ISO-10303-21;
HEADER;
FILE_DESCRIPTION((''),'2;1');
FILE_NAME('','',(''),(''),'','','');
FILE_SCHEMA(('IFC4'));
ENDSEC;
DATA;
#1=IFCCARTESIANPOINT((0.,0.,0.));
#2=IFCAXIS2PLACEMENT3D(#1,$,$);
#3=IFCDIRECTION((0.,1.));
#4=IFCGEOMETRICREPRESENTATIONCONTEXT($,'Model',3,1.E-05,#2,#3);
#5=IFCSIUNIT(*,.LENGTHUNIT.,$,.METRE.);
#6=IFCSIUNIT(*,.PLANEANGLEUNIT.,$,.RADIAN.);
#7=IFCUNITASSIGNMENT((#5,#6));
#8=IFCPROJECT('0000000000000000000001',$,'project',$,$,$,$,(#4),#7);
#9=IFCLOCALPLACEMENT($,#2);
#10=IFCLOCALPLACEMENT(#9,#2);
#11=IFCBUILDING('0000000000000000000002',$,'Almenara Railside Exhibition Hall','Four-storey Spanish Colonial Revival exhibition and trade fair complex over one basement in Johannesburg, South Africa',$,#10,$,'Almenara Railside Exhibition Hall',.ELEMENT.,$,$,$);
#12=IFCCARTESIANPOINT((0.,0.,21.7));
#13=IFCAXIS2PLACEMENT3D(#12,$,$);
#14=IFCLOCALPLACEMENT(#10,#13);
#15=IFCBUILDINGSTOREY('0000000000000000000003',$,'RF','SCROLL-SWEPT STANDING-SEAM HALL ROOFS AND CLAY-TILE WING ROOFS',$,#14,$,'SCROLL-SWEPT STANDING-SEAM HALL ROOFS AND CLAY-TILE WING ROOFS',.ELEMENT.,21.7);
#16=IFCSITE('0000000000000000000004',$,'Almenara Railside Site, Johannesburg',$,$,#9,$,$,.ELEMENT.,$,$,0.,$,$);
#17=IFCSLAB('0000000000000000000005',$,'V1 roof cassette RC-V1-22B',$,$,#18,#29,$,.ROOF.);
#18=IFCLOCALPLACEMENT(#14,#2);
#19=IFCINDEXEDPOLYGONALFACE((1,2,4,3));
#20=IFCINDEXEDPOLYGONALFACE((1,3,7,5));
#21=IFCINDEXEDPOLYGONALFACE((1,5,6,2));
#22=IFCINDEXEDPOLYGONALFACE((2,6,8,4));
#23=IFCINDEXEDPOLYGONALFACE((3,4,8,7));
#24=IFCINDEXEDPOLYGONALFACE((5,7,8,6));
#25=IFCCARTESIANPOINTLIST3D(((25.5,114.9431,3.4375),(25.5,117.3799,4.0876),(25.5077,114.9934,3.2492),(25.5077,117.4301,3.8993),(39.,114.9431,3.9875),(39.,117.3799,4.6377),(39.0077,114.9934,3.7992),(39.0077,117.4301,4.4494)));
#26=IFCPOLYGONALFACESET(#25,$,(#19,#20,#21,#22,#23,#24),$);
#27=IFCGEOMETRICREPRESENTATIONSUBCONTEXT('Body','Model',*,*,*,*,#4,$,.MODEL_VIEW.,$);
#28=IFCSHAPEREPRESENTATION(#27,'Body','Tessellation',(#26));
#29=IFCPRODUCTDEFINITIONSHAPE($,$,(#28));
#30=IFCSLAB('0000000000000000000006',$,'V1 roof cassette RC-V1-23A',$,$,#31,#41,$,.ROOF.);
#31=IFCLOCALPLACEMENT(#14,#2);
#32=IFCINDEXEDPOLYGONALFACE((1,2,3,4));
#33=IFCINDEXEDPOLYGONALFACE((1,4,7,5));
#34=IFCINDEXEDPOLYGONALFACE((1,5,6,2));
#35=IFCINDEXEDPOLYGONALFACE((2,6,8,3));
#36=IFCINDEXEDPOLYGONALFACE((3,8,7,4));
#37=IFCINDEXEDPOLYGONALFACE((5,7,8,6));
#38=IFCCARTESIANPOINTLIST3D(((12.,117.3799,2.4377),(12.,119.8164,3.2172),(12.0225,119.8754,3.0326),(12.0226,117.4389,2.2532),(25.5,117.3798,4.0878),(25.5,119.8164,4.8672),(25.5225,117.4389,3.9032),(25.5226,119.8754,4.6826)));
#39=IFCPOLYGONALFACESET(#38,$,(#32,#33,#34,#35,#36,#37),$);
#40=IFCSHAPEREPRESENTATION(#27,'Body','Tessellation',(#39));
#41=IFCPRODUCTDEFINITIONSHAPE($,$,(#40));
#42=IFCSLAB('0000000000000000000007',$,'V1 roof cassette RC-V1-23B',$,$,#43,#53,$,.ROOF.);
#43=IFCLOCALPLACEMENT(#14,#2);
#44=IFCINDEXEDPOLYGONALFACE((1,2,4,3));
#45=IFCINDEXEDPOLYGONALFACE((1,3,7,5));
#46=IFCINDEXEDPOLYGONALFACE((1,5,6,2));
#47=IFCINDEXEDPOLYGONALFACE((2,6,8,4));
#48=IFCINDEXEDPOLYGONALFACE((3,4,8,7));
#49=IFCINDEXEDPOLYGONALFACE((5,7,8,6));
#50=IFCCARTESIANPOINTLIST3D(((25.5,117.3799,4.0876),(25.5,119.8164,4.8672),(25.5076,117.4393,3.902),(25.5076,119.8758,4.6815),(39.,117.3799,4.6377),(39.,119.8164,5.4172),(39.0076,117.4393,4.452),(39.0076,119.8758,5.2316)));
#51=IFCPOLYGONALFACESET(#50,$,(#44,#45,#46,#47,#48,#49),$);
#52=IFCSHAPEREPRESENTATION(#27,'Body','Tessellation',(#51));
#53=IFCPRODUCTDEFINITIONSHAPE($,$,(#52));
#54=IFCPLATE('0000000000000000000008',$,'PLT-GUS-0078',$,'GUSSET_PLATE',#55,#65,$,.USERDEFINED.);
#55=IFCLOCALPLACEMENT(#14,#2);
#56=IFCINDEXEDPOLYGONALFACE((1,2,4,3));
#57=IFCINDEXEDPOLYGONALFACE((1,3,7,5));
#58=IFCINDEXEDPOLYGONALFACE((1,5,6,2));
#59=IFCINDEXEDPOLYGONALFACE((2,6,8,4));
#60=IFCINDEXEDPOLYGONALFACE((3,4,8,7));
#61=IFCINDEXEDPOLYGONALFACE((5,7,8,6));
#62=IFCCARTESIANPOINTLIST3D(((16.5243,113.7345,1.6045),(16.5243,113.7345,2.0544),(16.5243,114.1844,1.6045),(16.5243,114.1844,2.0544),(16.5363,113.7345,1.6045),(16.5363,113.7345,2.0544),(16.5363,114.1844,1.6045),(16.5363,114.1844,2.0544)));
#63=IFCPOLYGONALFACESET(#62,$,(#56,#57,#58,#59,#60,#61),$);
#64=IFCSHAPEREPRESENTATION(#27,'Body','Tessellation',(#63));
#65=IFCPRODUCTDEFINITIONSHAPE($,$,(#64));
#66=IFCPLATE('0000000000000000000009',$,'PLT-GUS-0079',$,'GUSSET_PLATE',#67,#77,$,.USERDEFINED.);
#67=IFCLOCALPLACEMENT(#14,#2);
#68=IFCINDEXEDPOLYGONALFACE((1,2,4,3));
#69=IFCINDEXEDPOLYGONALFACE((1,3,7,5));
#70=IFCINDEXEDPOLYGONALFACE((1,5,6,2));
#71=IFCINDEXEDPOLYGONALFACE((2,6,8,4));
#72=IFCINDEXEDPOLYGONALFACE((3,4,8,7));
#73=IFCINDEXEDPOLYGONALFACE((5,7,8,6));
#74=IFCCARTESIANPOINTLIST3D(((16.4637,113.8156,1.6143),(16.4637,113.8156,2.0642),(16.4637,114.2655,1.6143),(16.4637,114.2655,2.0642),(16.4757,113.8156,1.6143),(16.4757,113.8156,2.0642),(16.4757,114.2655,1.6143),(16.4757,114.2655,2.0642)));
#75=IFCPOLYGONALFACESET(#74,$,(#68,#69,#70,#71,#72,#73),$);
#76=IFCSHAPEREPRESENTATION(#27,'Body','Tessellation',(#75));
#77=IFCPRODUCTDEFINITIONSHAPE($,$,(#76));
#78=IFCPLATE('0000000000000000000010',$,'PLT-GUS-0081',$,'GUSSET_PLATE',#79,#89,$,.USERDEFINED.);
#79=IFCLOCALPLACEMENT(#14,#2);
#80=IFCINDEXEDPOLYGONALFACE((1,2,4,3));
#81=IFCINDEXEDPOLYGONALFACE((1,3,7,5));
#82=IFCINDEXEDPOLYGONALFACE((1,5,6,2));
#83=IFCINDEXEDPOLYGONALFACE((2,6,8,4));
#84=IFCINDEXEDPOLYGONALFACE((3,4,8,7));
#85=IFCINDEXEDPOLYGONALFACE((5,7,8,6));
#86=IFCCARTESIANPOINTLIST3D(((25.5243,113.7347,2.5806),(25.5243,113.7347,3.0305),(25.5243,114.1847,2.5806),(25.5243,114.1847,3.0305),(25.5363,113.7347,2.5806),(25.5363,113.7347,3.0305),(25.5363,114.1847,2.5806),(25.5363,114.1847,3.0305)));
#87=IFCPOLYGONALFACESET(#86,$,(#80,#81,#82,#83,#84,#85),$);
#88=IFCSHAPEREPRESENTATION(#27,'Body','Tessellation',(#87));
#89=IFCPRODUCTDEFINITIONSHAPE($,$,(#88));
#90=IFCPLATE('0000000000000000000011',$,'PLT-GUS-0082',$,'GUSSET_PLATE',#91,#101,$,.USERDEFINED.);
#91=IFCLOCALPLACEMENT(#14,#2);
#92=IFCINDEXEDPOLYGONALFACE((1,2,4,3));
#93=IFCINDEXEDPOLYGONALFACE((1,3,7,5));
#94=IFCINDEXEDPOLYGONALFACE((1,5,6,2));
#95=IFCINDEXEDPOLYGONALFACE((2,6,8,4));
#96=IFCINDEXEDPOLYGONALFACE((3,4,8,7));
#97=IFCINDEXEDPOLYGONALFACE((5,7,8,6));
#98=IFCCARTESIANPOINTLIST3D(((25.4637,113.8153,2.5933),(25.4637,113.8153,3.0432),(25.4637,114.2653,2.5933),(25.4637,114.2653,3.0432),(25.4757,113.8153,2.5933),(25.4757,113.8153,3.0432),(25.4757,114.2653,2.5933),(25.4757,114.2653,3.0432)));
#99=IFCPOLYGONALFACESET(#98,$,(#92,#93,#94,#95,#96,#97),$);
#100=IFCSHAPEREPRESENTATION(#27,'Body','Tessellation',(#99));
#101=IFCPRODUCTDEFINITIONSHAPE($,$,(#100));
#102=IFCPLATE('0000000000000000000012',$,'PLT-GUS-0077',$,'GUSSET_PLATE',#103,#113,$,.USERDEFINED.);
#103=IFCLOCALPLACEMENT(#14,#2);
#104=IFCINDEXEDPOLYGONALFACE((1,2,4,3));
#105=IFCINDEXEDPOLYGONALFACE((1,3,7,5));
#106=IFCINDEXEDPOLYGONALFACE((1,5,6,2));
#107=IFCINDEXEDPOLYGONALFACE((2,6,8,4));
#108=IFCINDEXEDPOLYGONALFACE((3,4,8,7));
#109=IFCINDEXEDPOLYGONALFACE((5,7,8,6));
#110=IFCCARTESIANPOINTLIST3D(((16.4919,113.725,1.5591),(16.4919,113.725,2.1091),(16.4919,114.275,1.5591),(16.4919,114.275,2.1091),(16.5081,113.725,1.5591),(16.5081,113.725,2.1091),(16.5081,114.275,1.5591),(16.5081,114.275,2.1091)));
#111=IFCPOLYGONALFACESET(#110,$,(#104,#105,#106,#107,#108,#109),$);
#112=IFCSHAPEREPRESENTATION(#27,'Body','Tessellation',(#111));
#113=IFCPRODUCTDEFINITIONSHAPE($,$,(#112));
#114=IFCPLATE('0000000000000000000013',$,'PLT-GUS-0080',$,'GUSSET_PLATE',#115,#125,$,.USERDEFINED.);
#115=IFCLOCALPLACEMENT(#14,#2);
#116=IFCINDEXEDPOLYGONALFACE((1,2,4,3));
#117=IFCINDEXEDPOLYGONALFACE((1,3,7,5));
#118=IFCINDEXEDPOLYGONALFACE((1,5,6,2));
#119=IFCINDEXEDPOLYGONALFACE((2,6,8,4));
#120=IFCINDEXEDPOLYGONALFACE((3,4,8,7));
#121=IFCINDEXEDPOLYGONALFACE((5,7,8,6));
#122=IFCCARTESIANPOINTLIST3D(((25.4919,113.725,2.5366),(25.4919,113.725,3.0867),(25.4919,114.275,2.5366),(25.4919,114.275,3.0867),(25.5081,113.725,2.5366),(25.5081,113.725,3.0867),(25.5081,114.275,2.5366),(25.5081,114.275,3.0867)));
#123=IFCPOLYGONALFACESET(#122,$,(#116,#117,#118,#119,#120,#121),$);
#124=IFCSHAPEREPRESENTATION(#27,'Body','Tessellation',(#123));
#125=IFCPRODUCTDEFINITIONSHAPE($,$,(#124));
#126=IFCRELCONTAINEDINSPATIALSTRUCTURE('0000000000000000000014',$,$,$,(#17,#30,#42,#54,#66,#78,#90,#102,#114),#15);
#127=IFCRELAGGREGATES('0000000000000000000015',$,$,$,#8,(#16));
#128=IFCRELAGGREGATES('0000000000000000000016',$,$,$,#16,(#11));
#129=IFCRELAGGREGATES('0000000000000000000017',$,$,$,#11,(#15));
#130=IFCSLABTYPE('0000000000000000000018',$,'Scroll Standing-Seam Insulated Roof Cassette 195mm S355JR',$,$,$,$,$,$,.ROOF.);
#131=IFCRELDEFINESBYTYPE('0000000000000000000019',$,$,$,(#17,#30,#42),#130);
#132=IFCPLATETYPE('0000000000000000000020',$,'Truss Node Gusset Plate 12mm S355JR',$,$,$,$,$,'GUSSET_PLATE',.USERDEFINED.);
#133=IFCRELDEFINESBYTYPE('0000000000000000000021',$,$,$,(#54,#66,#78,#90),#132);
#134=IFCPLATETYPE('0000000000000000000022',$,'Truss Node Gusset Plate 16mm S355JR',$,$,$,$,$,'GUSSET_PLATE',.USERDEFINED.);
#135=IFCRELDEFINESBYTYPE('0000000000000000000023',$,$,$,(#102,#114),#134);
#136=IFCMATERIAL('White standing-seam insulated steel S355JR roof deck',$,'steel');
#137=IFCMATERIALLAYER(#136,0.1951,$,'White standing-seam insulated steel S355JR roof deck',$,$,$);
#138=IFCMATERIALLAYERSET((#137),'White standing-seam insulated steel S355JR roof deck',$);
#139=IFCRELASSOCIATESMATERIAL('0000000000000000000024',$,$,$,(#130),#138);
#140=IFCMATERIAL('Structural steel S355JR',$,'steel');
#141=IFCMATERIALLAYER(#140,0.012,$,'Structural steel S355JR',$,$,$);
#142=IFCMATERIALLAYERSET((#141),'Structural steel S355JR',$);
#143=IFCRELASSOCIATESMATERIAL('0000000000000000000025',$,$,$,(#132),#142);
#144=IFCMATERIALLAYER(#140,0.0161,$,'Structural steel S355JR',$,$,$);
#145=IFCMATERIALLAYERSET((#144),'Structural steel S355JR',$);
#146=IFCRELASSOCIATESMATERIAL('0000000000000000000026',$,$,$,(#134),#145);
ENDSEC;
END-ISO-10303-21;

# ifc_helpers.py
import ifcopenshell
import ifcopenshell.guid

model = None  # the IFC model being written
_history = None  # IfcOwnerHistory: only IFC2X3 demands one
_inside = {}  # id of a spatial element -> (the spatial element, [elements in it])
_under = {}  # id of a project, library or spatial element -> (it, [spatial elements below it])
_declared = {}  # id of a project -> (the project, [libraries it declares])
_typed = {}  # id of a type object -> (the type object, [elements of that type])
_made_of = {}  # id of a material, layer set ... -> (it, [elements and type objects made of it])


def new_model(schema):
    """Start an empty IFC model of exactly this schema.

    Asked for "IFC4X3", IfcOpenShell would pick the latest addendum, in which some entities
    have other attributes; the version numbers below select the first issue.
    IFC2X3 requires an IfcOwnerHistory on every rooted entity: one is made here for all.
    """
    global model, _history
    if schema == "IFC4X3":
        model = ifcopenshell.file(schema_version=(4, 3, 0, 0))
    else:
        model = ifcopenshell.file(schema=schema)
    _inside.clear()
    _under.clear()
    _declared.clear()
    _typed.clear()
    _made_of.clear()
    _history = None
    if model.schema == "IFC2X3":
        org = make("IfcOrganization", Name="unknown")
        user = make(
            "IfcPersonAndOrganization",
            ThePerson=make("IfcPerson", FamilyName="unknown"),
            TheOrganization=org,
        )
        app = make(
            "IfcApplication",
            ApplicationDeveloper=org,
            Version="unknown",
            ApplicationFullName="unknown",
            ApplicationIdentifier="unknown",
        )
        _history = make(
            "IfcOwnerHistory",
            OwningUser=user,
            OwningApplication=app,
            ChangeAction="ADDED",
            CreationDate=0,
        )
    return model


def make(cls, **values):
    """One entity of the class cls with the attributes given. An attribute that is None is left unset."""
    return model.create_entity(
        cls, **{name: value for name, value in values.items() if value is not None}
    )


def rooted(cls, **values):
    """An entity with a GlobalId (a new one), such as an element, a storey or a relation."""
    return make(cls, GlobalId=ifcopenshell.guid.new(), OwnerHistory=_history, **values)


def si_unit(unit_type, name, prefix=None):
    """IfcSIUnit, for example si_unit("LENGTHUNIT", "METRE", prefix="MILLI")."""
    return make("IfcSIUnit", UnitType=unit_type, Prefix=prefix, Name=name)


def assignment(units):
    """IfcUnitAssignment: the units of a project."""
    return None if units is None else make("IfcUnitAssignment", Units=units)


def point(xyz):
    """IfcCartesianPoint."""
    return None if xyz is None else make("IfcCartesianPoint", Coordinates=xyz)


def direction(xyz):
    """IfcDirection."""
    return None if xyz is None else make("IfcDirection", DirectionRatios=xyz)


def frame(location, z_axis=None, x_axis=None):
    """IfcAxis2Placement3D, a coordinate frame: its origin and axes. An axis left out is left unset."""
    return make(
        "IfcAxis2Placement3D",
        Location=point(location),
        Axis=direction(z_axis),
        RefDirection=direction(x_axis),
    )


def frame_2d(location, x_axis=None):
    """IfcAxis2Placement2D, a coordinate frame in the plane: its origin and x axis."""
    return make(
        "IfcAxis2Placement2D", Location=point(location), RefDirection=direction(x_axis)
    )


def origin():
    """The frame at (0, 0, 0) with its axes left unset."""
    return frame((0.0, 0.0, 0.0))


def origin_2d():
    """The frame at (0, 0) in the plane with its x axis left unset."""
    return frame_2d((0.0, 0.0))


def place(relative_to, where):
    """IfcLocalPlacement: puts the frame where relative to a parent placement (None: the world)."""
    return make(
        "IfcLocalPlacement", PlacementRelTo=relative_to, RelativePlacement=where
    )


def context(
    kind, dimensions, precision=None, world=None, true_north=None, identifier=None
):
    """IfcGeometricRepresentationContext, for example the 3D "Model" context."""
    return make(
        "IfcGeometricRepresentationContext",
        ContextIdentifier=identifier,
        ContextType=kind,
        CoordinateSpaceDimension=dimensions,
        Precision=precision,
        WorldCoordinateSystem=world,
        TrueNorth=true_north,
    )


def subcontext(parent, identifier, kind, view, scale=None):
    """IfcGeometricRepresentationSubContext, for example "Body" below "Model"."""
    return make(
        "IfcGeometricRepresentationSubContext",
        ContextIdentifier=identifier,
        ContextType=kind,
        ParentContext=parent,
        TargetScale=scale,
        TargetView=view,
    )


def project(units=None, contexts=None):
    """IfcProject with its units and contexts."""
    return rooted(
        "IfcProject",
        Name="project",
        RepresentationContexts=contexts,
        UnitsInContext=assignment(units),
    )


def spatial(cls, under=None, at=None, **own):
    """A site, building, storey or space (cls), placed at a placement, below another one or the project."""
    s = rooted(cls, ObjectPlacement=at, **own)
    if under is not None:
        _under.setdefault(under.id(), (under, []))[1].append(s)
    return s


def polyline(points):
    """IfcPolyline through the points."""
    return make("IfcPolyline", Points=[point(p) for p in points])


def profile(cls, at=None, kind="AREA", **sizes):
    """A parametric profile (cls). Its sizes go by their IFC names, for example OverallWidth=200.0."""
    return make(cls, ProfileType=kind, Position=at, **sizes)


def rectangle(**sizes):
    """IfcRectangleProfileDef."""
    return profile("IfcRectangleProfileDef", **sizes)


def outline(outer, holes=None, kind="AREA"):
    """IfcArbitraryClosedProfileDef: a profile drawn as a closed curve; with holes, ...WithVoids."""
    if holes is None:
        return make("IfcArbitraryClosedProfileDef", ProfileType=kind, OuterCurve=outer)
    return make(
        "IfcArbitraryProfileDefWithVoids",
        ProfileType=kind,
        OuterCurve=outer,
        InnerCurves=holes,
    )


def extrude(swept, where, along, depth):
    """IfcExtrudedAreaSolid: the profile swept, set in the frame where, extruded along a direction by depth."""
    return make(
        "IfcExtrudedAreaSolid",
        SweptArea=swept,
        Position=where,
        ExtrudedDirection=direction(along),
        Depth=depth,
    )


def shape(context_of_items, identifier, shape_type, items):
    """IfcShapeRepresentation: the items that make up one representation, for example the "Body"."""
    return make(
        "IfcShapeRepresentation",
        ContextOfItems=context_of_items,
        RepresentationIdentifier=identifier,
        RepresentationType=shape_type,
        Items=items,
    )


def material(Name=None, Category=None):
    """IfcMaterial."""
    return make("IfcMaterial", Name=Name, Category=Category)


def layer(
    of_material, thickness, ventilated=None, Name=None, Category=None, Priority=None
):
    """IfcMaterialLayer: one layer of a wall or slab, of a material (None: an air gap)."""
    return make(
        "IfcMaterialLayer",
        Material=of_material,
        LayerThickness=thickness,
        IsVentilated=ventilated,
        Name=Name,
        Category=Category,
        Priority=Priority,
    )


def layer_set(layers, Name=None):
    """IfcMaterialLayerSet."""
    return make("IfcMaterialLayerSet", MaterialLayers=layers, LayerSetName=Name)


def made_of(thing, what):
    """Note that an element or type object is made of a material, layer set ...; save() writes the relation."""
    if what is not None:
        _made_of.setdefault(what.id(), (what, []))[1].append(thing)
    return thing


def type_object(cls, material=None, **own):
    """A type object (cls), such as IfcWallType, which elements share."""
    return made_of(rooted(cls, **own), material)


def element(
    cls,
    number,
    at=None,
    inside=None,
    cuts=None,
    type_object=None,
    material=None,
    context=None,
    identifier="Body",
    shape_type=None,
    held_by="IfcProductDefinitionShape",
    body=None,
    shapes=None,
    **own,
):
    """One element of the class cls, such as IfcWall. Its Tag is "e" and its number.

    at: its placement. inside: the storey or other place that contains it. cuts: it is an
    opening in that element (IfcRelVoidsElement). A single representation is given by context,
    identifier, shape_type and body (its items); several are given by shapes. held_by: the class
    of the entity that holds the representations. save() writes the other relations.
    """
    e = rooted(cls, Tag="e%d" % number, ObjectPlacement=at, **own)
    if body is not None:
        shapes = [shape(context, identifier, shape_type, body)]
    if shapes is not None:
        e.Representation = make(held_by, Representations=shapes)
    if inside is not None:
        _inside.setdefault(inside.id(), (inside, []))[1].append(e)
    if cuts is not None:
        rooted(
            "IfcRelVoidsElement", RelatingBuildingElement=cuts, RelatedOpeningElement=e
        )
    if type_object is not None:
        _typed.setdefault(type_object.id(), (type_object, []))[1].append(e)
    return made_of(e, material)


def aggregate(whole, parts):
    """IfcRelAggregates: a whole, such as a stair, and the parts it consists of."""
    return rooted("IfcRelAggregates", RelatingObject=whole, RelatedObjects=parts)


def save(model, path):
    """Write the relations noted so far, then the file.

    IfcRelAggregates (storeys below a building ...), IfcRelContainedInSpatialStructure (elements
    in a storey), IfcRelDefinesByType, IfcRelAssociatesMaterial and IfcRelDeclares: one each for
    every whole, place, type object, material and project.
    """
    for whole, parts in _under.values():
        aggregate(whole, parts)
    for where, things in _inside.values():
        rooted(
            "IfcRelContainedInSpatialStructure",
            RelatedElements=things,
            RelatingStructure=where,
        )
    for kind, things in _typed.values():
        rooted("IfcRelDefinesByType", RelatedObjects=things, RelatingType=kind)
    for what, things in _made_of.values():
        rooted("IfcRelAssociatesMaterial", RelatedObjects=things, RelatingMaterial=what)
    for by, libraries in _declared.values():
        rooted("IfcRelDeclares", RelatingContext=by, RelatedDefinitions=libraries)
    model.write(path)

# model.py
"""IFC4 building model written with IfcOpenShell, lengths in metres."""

from ifc_helpers import new_model, si_unit, direction, frame, origin, origin_2d, place, context, subcontext, project, spatial, polyline, rectangle, outline, extrude, material, layer, layer_set, type_object, element, save


model = new_model("IFC4")

# Units and contexts
model_context = context("Model", 3, precision=1e-05, world=origin(), true_north=direction((0.0, 1.0)))
body_context = subcontext(model_context, "Body", "Model", "MODEL_VIEW")
ifc_project = project(units=[si_unit("LENGTHUNIT", "METRE"), si_unit("PLANEANGLEUNIT", "RADIAN")], contexts=[model_context])

# Site, building, storey
site_placement = place(None, origin())
site = spatial("IfcSite", under=ifc_project, at=site_placement, Name="Almenara Railside Site, Johannesburg", CompositionType="ELEMENT", RefElevation=0.0)
building_placement = place(site_placement, origin())
building = spatial("IfcBuilding", under=site, at=building_placement, Name="Almenara Railside Exhibition Hall", Description="Four-storey Spanish Colonial Revival exhibition and trade fair complex over one basement in Johannesburg, South Africa", LongName="Almenara Railside Exhibition Hall", CompositionType="ELEMENT")
storey_placement = place(building_placement, frame((0.0, 0.0, 21.7)))
storey = spatial("IfcBuildingStorey", under=building, at=storey_placement, Name="RF", Description="SCROLL-SWEPT STANDING-SEAM HALL ROOFS AND CLAY-TILE WING ROOFS", LongName="SCROLL-SWEPT STANDING-SEAM HALL ROOFS AND CLAY-TILE WING ROOFS", CompositionType="ELEMENT", Elevation=21.7)

# Shared definitions
ifc_material_1 = material(Name="Structural steel S355JR", Category="steel")

# Slabs
ifc_material_2 = material(Name="White standing-seam insulated steel S355JR roof deck", Category="steel")
ifc_layer_1 = layer(ifc_material_2, 0.1951, Name="White standing-seam insulated steel S355JR roof deck")
ifc_layer_set_1 = layer_set([ifc_layer_1], Name="White standing-seam insulated steel S355JR roof deck")
slab_type = type_object("IfcSlabType", Name="Scroll Standing-Seam Insulated Roof Cassette 195mm S355JR", PredefinedType="ROOF", material=ifc_layer_set_1)
slab_1_placement = place(storey_placement, frame((25.5, 114.9431, 3.4375), z_axis=(-0.039337, -0.25759, 0.965453), x_axis=(0.999171, 0.0, 0.040711)))
element("IfcSlab", 1, at=slab_1_placement, inside=storey, type_object=slab_type, Name="V1 roof cassette RC-V1-22B", PredefinedType="ROOF", context=body_context, shape_type="SweptSolid", body=[
    extrude(outline(polyline([(0.0, 0.0), (13.5112, 0.0), (13.5377, 2.5219), (0.0265, 2.5219), (0.0, 0.0)])), origin(), (0.0, 0.0, -1.0), 0.1951),
])
slab_2_placement = place(storey_placement, frame((12.0, 117.3799, 2.4377), z_axis=(-0.115632, -0.302637, 0.946066), x_axis=(0.992613, -0.000003, 0.12132)))
element("IfcSlab", 2, at=slab_2_placement, inside=storey, type_object=slab_type, Name="V1 roof cassette RC-V1-23A", PredefinedType="ROOF", context=body_context, shape_type="SweptSolid", body=[
    extrude(outline(polyline([(0.0, 0.0), (13.6004, 0.0), (13.695, 2.5564), (0.0945, 2.5564), (0.0, 0.0)])), origin(), (0.0, 0.0, -1.0), 0.1951),
])
slab_3_placement = place(storey_placement, frame((25.5, 117.3799, 4.0876), z_axis=(-0.038777, -0.304495, 0.951724), x_axis=(0.999171, 0.0, 0.040711)))
element("IfcSlab", 3, at=slab_3_placement, inside=storey, type_object=slab_type, Name="V1 roof cassette RC-V1-23B", PredefinedType="ROOF", context=body_context, shape_type="SweptSolid", body=[
    extrude(outline(polyline([(0.0, 0.0), (13.5112, 0.0), (13.5429, 2.558), (0.0317, 2.558), (0.0, 0.0)])), origin(), (0.0, 0.0, -1.0), 0.1951),
])

# Plates
ifc_layer_2 = layer(ifc_material_1, 0.012, Name="Structural steel S355JR")
ifc_layer_set_2 = layer_set([ifc_layer_2], Name="Structural steel S355JR")
plate_type_1 = type_object("IfcPlateType", Name="Truss Node Gusset Plate 12mm S355JR", ElementType="GUSSET_PLATE", PredefinedType="USERDEFINED", material=ifc_layer_set_2)
for number, where, z_axis, x_axis, name in (
    (4, (16.5303, 113.9595, 1.6045), (0.0, 0.0, 1.0), (0.0, 1.0, 0.0), "PLT-GUS-0078"),
    (5, (16.4697, 114.0405, 1.6143), (0.0, 0.0, 1.0), (0.0, 1.0, 0.0), "PLT-GUS-0079"),
    (6, (25.5303, 113.9597, 2.5806), (0.0, 0.0, 1.0), (0.0, 1.0, 0.0), "PLT-GUS-0081"),
    (7, (25.4697, 114.0403, 2.5933), (0.0, 0.0, 1.0), (0.0, 1.0, 0.0), "PLT-GUS-0082"),
):
    element("IfcPlate", number, at=place(storey_placement, frame(where, z_axis=z_axis, x_axis=x_axis)), inside=storey, type_object=plate_type_1, Name=name, ObjectType="GUSSET_PLATE", PredefinedType="USERDEFINED", context=body_context, shape_type="SweptSolid", body=[
        extrude(rectangle(XDim=0.45, YDim=0.012, at=origin_2d()), origin(), (0.0, 0.0, 1.0), 0.45),
    ])
ifc_layer_3 = layer(ifc_material_1, 0.0161, Name="Structural steel S355JR")
ifc_layer_set_3 = layer_set([ifc_layer_3], Name="Structural steel S355JR")
plate_type_2 = type_object("IfcPlateType", Name="Truss Node Gusset Plate 16mm S355JR", ElementType="GUSSET_PLATE", PredefinedType="USERDEFINED", material=ifc_layer_set_3)
for number, where, z_axis, x_axis, name in (
    (8, (16.5, 114.0, 1.5591), (0.0, 0.0, 1.0), (0.0, 1.0, 0.0), "PLT-GUS-0077"),
    (9, (25.5, 114.0, 2.5366), (0.0, 0.0, 1.0), (0.0, 1.0, 0.0), "PLT-GUS-0080"),
):
    element("IfcPlate", number, at=place(storey_placement, frame(where, z_axis=z_axis, x_axis=x_axis)), inside=storey, type_object=plate_type_2, Name=name, ObjectType="GUSSET_PLATE", PredefinedType="USERDEFINED", context=body_context, shape_type="SweptSolid", body=[
        extrude(rectangle(XDim=0.55, YDim=0.0161, at=origin_2d()), origin(), (0.0, 0.0, 1.0), 0.55),
    ])

save(model, "model.ifc")
